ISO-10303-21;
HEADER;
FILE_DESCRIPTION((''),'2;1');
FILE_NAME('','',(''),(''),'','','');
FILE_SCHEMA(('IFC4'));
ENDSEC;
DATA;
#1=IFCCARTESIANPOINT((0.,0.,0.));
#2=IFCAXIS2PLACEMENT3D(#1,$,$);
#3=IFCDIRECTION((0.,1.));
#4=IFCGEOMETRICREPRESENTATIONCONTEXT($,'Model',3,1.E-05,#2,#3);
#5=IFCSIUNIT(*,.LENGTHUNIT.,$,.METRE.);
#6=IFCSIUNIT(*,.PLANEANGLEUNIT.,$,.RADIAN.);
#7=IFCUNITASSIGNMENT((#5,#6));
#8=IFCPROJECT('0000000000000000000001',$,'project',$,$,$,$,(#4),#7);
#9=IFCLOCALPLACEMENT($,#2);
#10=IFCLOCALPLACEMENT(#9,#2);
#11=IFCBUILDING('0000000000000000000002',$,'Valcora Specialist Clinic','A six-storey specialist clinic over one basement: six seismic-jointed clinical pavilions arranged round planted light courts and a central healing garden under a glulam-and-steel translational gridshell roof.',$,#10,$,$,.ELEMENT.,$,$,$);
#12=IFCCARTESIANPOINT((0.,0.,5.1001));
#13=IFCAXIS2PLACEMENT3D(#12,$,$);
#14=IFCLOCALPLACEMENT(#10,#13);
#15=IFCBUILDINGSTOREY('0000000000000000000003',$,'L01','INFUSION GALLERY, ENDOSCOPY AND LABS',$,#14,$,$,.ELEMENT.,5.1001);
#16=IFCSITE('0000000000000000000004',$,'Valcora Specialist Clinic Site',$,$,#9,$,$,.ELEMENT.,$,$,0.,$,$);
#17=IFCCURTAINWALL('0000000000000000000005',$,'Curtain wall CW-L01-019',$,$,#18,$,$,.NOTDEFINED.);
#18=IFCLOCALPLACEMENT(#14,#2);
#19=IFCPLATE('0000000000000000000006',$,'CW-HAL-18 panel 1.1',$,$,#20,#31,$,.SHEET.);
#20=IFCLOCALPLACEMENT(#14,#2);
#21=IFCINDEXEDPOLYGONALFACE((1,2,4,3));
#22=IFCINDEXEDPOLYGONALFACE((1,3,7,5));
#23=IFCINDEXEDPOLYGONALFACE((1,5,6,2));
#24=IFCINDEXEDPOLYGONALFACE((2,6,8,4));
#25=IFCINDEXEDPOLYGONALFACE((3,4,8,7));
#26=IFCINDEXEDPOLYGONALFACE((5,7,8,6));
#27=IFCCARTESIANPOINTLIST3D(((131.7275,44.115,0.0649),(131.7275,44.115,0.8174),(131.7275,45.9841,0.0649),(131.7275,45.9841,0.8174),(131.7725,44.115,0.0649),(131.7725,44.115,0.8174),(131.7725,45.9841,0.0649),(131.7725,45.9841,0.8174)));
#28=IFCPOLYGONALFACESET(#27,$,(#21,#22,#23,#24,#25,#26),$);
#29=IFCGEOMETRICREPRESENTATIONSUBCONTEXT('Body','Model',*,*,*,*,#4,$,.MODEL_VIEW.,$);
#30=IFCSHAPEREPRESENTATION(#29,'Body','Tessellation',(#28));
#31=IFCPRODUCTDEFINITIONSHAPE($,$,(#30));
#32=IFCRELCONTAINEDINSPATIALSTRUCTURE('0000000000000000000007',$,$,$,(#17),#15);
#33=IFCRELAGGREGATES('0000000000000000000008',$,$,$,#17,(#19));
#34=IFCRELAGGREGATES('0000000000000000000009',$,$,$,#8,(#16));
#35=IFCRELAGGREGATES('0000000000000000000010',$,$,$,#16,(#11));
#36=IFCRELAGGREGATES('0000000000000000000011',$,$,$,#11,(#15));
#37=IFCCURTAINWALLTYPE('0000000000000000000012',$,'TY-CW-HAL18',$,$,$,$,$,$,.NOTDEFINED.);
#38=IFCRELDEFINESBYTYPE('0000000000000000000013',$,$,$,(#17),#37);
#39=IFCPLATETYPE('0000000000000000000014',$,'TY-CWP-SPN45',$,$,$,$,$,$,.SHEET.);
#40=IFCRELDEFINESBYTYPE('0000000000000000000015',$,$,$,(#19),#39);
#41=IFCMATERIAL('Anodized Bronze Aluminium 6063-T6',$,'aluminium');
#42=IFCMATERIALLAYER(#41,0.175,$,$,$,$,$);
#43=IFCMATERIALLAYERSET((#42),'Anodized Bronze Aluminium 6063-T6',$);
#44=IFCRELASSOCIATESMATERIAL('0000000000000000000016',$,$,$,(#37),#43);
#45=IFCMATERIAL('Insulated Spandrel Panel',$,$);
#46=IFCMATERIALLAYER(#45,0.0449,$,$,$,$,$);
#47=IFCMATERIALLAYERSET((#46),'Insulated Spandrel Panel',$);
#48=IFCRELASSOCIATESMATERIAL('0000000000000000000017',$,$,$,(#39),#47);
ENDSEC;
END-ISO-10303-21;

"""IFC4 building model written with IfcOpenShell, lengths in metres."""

from ifc_helpers import new_model, si_unit, direction, frame, origin, origin_2d, place, context, subcontext, project, spatial, rectangle, extrude, material, layer, layer_set, type_object, element, aggregate, save


model = new_model("IFC4")

# Units and contexts
model_context = context("Model", 3, precision=1e-05, world=origin(), true_north=direction((0.0, 1.0)))
body_context = subcontext(model_context, "Body", "Model", "MODEL_VIEW")
ifc_project = project(units=[si_unit("LENGTHUNIT", "METRE"), si_unit("PLANEANGLEUNIT", "RADIAN")], contexts=[model_context])

# Site, building, storey
site_placement = place(None, origin())
site = spatial("IfcSite", under=ifc_project, at=site_placement, Name="Valcora Specialist Clinic Site", CompositionType="ELEMENT", RefElevation=0.0)
building_placement = place(site_placement, origin())
building = spatial("IfcBuilding", under=site, at=building_placement, Name="Valcora Specialist Clinic", Description="A six-storey specialist clinic over one basement: six seismic-jointed clinical pavilions arranged round planted light courts and a central healing garden under a glulam-and-steel translational gridshell roof.", CompositionType="ELEMENT")
storey_placement = place(building_placement, frame((0.0, 0.0, 5.1001)))
storey = spatial("IfcBuildingStorey", under=building, at=storey_placement, Name="L01", Description="INFUSION GALLERY, ENDOSCOPY AND LABS", CompositionType="ELEMENT", Elevation=5.1001)

# Curtain wall
ifc_material_1 = material(Name="Anodized Bronze Aluminium 6063-T6", Category="aluminium")
ifc_layer_1 = layer(ifc_material_1, 0.175)
ifc_layer_set_1 = layer_set([ifc_layer_1], Name="Anodized Bronze Aluminium 6063-T6")
curtain_wall_type = type_object("IfcCurtainWallType", Name="TY-CW-HAL18", PredefinedType="NOTDEFINED", material=ifc_layer_set_1)
curtain_wall_1_placement = place(storey_placement, origin())
curtain_wall_1 = element("IfcCurtainWall", 1, at=curtain_wall_1_placement, inside=storey, type_object=curtain_wall_type, Name="Curtain wall CW-L01-019", PredefinedType="NOTDEFINED")

# Plate
ifc_material_2 = material(Name="Insulated Spandrel Panel")
ifc_layer_2 = layer(ifc_material_2, 0.0449)
ifc_layer_set_2 = layer_set([ifc_layer_2], Name="Insulated Spandrel Panel")
plate_type_1 = type_object("IfcPlateType", Name="TY-CWP-SPN45", PredefinedType="SHEET", material=ifc_layer_set_2)
plate_1_placement = place(storey_placement, frame((131.75, 45.0496, 0.0649), z_axis=(0.0, 0.0, 1.0), x_axis=(0.0, 1.0, 0.0)))
plate_1 = element("IfcPlate", 2, at=plate_1_placement, type_object=plate_type_1, Name="CW-HAL-18 panel 1.1", PredefinedType="SHEET", context=body_context, shape_type="SweptSolid", body=[
    extrude(rectangle(XDim=1.8691, YDim=0.0449, at=origin_2d()), origin(), (0.0, 0.0, 1.0), 0.7524),
])
aggregate(curtain_wall_1, [plate_1])

save(model, "model.ifc")
